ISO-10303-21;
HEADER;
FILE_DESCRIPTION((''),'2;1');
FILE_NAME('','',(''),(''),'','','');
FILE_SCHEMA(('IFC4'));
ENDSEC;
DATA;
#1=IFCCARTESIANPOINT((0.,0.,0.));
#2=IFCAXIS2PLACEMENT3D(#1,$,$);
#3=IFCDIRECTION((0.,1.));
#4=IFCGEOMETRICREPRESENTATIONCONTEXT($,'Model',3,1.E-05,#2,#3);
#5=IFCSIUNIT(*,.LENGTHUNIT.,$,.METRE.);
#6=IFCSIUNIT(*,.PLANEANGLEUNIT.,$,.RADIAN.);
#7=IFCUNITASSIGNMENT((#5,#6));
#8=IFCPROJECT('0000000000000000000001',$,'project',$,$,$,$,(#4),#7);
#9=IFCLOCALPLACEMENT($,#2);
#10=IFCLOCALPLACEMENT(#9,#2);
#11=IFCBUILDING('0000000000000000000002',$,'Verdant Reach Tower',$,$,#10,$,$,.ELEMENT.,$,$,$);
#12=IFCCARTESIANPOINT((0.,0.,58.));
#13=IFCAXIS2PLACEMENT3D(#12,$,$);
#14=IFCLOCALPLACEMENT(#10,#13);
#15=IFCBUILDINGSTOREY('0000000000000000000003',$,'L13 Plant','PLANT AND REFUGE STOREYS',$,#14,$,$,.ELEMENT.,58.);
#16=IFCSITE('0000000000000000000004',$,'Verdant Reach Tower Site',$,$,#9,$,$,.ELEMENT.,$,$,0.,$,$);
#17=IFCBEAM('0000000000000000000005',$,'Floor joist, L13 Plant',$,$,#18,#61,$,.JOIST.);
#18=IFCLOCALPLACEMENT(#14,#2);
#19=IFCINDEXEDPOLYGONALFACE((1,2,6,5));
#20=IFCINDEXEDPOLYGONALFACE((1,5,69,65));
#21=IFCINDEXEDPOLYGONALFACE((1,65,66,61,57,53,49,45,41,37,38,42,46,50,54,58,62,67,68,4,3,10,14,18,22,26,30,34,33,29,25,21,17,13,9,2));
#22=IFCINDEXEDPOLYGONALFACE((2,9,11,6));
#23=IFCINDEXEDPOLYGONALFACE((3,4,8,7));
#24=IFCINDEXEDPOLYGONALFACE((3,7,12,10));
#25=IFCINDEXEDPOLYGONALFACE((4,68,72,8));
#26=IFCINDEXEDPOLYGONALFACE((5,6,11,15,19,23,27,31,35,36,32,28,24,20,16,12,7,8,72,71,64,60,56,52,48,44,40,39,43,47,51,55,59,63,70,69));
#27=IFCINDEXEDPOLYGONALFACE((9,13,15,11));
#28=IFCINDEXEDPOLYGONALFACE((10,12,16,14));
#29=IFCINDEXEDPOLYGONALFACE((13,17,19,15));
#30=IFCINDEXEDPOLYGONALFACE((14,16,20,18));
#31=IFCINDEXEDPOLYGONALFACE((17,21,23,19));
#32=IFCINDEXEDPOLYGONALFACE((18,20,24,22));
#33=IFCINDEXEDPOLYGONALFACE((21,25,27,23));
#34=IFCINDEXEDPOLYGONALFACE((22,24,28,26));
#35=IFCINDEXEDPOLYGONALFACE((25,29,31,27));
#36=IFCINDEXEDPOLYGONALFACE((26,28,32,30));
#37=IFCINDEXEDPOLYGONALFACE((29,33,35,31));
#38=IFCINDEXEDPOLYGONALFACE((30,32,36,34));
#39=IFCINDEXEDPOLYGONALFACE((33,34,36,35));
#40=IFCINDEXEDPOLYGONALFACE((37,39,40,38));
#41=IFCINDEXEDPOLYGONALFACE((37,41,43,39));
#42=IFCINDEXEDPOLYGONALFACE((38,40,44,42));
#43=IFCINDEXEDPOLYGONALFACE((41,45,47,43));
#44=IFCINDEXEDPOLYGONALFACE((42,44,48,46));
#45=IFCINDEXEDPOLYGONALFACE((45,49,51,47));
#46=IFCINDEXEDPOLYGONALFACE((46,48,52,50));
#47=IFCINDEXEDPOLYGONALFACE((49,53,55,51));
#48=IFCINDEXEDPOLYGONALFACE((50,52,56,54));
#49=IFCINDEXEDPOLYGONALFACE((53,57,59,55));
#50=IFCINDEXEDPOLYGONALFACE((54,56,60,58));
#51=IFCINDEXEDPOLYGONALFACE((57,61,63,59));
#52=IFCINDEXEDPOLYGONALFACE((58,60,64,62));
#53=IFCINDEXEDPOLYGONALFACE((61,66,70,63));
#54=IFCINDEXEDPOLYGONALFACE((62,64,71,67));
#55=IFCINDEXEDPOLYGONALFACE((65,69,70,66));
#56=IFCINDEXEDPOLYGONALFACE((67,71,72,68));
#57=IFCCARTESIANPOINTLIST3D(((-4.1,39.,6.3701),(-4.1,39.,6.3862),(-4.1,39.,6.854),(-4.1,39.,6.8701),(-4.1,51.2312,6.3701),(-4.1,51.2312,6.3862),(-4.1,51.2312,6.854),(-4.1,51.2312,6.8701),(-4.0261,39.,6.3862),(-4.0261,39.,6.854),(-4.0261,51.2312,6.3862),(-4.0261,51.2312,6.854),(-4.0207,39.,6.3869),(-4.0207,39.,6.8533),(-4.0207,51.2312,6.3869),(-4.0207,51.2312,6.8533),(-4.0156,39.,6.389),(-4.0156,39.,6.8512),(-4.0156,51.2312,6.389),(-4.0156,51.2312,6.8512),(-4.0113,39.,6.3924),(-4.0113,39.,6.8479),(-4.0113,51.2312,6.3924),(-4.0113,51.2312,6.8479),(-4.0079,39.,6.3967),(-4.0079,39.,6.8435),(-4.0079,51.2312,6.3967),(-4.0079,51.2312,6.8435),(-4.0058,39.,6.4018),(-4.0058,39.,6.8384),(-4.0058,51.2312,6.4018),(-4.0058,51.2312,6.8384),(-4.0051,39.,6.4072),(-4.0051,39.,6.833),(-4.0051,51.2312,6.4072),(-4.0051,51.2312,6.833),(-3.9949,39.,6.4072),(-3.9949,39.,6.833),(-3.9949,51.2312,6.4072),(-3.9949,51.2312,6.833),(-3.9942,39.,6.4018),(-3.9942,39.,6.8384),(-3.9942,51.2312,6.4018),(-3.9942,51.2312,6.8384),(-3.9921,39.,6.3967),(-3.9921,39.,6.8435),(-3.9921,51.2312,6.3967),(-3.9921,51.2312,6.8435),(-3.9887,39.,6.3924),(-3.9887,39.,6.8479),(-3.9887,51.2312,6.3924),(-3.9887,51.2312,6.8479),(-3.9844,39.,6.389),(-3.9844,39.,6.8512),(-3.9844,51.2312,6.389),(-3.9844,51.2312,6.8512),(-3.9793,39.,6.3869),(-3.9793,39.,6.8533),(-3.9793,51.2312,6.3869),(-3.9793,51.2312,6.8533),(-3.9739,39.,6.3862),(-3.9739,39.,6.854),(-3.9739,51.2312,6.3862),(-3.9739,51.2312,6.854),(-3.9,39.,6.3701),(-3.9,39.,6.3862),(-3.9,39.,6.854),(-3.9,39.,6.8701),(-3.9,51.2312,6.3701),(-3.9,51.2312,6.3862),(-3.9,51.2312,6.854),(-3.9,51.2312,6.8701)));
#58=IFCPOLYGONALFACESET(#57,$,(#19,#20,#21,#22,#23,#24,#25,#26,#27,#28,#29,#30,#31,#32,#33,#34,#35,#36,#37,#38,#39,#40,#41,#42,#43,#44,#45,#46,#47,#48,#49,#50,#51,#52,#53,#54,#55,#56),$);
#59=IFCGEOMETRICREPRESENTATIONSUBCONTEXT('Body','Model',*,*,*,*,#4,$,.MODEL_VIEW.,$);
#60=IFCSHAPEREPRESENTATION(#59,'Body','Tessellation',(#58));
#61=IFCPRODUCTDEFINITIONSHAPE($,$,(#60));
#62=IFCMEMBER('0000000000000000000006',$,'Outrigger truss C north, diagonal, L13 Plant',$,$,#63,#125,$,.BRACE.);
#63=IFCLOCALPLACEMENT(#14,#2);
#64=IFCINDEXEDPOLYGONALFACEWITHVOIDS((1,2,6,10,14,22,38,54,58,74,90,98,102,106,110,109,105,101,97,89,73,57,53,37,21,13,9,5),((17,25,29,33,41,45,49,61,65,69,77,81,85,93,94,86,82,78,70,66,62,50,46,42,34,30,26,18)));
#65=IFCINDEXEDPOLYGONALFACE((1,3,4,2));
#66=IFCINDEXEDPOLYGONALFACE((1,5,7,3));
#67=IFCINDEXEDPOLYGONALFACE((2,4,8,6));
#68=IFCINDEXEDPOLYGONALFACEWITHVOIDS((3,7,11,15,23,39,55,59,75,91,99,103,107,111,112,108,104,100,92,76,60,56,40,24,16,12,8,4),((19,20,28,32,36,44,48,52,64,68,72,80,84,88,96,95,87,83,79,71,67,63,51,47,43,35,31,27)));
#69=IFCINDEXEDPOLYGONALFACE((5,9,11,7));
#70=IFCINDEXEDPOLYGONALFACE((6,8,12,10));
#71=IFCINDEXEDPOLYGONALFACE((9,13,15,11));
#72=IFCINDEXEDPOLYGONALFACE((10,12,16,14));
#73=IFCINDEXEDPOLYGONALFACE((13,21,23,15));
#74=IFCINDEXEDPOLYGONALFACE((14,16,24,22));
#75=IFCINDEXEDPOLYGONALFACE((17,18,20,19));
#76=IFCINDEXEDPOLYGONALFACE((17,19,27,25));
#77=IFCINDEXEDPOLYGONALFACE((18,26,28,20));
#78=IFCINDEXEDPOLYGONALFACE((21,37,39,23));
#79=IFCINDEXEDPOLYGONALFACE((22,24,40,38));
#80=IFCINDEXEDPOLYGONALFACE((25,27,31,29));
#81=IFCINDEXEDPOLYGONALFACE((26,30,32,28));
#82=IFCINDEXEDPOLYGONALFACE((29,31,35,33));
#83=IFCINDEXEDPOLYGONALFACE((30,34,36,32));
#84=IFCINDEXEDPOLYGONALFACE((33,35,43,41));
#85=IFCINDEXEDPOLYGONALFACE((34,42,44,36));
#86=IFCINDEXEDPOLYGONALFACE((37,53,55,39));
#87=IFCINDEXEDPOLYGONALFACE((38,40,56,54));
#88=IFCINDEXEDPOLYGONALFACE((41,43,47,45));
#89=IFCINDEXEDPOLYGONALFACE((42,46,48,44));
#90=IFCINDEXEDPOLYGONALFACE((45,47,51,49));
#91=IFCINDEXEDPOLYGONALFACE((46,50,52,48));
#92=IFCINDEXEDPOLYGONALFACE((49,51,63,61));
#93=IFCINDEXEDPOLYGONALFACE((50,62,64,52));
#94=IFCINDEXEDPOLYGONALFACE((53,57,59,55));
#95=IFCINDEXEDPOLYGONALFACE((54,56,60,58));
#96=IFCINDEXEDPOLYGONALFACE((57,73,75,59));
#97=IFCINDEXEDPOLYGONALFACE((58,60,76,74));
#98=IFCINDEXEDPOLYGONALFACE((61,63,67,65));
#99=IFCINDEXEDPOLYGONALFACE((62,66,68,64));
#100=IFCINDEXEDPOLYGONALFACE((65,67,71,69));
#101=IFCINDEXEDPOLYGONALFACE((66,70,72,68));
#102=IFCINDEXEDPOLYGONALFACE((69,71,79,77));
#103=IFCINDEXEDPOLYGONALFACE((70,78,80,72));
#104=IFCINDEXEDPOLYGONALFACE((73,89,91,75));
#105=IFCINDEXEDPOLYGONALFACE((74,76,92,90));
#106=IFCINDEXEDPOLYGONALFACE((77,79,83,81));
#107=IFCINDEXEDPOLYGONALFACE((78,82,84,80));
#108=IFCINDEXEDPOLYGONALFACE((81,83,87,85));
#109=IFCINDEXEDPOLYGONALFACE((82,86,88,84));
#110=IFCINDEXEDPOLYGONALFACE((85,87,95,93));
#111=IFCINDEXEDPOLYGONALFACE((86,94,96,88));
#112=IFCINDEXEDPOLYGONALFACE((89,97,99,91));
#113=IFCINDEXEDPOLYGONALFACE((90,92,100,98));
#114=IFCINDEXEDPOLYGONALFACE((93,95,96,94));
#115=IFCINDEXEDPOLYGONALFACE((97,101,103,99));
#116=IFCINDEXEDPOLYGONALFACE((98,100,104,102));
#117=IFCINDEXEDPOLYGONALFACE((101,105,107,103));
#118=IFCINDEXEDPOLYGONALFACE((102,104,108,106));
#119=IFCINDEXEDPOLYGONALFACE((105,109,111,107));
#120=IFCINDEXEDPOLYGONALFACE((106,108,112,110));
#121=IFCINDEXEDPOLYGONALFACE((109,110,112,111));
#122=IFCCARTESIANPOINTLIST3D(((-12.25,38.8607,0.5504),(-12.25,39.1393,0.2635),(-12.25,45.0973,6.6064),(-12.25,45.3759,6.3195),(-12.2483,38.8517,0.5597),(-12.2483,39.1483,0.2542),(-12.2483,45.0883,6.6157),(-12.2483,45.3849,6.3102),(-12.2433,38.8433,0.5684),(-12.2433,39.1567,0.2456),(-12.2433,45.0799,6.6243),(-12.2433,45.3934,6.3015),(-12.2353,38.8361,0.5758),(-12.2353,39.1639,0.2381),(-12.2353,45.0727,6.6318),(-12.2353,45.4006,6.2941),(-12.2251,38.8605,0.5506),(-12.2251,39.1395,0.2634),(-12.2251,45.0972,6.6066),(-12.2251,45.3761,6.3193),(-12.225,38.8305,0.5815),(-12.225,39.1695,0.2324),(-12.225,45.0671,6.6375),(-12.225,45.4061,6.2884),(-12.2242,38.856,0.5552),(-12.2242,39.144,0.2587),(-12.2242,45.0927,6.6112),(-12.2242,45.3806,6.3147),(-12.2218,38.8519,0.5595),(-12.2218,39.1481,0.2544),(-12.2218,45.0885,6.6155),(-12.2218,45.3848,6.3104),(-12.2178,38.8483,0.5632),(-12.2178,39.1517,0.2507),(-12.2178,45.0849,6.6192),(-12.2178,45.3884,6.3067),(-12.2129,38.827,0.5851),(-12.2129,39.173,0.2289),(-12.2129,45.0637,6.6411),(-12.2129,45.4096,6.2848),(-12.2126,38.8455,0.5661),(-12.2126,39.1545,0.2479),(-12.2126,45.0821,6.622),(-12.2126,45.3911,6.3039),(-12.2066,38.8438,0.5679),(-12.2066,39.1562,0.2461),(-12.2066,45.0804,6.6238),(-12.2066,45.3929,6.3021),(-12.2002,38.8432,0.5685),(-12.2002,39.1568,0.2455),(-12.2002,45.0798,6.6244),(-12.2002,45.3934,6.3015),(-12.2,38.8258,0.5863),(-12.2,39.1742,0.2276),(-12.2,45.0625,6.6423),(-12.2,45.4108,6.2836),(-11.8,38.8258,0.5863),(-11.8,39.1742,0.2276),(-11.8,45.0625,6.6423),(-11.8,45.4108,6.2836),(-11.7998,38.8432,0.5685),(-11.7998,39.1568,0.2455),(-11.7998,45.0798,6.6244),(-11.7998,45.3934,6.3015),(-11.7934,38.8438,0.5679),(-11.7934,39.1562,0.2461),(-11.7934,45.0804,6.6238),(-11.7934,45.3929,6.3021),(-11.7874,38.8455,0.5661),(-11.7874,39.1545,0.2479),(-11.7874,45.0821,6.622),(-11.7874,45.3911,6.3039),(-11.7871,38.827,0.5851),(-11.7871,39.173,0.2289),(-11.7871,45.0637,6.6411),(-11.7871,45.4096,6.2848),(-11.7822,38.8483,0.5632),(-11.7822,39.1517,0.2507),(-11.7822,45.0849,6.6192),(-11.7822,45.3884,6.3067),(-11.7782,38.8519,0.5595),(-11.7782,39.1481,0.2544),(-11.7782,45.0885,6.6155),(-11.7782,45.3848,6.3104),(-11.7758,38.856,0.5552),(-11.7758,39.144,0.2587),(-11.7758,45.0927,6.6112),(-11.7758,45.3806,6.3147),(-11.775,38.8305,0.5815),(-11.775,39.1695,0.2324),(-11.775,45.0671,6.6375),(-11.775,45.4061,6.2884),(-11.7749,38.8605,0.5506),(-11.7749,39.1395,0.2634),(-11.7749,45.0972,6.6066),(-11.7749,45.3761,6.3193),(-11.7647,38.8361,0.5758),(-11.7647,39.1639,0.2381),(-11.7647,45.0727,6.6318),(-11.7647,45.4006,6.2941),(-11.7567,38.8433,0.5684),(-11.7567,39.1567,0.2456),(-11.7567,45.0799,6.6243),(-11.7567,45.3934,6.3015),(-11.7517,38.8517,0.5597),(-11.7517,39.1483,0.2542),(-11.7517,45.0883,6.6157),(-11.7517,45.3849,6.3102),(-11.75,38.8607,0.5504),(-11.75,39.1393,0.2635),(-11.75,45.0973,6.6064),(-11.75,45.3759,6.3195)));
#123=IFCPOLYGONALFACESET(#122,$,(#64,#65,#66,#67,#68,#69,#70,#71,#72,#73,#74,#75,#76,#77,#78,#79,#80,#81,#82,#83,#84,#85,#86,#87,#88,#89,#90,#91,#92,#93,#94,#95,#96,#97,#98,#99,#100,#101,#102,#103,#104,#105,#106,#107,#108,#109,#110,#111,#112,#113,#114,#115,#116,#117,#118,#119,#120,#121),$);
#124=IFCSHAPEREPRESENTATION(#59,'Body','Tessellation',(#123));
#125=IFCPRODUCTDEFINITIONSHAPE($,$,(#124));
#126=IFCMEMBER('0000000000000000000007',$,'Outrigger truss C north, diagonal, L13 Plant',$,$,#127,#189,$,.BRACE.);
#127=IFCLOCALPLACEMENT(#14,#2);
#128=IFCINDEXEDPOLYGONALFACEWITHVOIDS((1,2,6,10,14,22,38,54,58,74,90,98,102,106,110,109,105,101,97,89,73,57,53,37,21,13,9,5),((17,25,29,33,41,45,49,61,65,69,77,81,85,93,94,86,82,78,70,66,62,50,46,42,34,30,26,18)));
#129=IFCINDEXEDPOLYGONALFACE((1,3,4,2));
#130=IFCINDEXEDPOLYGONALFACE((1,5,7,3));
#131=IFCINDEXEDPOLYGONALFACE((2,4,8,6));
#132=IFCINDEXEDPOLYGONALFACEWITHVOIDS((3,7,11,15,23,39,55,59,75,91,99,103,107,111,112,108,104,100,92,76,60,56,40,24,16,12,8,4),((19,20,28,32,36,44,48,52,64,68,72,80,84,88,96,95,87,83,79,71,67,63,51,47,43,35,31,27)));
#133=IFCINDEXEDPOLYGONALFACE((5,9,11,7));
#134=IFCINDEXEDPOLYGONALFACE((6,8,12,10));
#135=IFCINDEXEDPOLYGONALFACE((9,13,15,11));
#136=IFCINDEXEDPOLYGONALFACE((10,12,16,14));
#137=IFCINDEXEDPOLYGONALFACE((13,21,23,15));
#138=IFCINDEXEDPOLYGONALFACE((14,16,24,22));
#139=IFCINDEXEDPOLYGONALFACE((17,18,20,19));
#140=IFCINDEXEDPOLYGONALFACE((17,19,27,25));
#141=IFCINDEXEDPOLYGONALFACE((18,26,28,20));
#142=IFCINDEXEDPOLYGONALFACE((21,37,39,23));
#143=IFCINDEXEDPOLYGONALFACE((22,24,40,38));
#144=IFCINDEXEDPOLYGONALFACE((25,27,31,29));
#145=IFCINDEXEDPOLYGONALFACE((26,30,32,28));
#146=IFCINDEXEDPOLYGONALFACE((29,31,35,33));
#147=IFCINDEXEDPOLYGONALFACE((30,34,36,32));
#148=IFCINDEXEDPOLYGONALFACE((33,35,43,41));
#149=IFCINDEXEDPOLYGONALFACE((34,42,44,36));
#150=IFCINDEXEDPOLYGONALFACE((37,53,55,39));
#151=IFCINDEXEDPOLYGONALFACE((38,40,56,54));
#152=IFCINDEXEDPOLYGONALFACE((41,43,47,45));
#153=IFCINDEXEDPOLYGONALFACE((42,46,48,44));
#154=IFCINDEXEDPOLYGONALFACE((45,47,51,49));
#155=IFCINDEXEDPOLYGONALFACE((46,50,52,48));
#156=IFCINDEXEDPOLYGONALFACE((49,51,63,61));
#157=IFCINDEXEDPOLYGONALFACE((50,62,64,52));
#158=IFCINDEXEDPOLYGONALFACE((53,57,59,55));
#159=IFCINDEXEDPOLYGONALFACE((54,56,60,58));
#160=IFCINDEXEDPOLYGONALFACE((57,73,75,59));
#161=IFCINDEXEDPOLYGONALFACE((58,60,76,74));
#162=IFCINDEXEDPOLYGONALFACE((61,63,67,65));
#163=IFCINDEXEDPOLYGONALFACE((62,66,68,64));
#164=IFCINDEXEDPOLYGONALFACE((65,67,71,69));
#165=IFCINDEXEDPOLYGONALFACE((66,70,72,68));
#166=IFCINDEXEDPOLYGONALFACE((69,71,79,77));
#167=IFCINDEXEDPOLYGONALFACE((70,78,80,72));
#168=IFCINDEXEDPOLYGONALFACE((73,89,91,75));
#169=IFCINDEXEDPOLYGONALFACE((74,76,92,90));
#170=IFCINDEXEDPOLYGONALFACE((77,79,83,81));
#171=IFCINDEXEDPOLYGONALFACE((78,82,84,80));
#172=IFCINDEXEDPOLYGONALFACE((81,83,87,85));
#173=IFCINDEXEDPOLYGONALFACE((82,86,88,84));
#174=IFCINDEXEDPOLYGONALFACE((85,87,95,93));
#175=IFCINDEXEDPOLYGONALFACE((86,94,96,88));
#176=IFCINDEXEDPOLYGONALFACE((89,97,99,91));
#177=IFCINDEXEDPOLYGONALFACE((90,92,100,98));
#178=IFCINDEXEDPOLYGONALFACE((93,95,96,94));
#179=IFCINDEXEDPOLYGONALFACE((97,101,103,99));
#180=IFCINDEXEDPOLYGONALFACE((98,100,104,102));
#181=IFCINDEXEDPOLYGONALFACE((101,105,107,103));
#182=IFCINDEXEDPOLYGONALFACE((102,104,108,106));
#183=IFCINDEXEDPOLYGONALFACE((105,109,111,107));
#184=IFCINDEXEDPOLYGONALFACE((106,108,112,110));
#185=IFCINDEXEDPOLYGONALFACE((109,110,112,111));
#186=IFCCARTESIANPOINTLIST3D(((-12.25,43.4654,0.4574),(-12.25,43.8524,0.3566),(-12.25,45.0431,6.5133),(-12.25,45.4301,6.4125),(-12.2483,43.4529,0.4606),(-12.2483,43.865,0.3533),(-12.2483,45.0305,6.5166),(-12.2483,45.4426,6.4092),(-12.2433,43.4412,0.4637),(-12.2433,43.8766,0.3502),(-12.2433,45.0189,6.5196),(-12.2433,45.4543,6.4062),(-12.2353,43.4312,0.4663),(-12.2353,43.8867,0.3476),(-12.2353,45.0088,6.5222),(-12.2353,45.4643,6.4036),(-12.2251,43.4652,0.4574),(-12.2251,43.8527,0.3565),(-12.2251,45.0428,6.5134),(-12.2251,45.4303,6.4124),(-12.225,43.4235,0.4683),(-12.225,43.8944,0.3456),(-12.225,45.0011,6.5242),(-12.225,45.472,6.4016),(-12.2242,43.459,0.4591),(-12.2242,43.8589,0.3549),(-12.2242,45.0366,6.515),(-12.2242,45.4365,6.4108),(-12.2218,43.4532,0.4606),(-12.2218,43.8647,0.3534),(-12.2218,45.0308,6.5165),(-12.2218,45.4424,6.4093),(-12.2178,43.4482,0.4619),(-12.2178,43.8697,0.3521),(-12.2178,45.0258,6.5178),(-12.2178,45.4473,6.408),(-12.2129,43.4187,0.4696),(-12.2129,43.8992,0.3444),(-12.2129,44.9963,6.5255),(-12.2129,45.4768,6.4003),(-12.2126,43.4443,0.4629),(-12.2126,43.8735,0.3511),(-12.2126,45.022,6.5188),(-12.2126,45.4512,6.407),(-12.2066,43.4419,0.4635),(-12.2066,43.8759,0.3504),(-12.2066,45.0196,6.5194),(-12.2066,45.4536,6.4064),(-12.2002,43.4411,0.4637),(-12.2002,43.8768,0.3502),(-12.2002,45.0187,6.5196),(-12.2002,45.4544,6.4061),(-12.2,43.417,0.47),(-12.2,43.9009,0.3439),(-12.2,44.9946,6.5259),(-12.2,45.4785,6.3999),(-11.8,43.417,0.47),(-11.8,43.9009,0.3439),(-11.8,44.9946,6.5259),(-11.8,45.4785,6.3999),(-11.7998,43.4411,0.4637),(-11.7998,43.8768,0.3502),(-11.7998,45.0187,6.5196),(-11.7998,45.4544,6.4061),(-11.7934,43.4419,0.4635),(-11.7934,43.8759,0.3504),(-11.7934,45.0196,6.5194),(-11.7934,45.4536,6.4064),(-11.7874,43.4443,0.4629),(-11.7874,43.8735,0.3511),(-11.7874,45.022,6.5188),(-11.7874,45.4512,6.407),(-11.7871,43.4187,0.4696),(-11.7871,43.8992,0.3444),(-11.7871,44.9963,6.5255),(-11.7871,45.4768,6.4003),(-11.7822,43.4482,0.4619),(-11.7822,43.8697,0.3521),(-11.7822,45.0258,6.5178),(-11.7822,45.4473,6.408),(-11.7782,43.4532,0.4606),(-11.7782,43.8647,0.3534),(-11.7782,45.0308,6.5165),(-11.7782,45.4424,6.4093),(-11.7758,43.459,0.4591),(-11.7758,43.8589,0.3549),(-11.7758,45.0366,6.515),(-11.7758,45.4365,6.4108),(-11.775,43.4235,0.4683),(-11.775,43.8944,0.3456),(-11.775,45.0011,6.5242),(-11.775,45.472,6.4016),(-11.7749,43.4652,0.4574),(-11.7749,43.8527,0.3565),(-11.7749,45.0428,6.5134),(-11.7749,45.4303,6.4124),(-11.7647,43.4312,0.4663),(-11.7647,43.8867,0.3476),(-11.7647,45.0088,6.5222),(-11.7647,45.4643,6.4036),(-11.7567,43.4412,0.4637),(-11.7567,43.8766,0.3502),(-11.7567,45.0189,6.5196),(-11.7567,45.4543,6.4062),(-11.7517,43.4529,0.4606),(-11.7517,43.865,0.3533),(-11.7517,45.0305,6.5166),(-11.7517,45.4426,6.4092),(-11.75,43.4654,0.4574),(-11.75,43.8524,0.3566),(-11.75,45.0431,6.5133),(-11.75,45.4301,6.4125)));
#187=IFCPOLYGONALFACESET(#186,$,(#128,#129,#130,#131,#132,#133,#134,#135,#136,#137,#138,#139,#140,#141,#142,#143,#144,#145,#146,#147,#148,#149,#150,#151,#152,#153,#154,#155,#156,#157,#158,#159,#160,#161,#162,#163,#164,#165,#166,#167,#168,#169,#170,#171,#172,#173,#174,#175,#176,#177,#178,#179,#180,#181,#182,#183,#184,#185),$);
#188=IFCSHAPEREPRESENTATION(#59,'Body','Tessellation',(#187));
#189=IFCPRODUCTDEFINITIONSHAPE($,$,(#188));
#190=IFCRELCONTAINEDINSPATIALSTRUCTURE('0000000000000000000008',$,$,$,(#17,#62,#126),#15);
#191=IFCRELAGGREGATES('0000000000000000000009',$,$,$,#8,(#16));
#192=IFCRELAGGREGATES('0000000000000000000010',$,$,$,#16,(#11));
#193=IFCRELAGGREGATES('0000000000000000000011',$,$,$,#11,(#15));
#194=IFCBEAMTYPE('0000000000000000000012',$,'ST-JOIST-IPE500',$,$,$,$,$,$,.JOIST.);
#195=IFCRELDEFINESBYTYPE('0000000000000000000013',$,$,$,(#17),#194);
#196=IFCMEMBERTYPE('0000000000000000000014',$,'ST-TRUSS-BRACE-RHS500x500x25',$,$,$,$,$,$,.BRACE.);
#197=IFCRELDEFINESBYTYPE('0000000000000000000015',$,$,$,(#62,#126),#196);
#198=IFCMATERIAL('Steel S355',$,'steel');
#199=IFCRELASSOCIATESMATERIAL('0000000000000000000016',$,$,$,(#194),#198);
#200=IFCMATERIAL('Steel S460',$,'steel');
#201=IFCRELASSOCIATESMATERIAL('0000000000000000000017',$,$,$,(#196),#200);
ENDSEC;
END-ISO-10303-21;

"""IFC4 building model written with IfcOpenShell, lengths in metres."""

from ifc_helpers import new_model, si_unit, direction, frame, origin, origin_2d, place, context, subcontext, project, spatial, hollow_rectangle, i_section, extrude, material, material_profile, profile_set, type_object, element, save


model = new_model("IFC4")

# Units and contexts
model_context = context("Model", 3, precision=1e-05, world=origin(), true_north=direction((0.0, 1.0)))
body_context = subcontext(model_context, "Body", "Model", "MODEL_VIEW")
ifc_project = project(units=[si_unit("LENGTHUNIT", "METRE"), si_unit("PLANEANGLEUNIT", "RADIAN")], contexts=[model_context])

# Site, building, storey
site_placement = place(None, origin())
site = spatial("IfcSite", under=ifc_project, at=site_placement, Name="Verdant Reach Tower Site", CompositionType="ELEMENT", RefElevation=0.0)
building_placement = place(site_placement, origin())
building = spatial("IfcBuilding", under=site, at=building_placement, Name="Verdant Reach Tower", CompositionType="ELEMENT")
storey_placement = place(building_placement, frame((0.0, 0.0, 58.0)))
storey = spatial("IfcBuildingStorey", under=building, at=storey_placement, Name="L13 Plant", Description="PLANT AND REFUGE STOREYS", CompositionType="ELEMENT", Elevation=58.0)

# Shared definitions
ifc_material_1 = material(Name="Steel S460", Category="steel")

# Beam
ifc_material_2 = material(Name="Steel S355", Category="steel")
ifc_material_profile_1 = material_profile(ifc_material_2, i_section(OverallWidth=0.2, OverallDepth=0.5, WebThickness=0.0103, FlangeThickness=0.0161, FilletRadius=0.021, at=origin_2d()), Name="IPE 500")
ifc_profile_set_1 = profile_set([ifc_material_profile_1], Name="Steel S355")
beam_type = type_object("IfcBeamType", Name="ST-JOIST-IPE500", PredefinedType="JOIST", material=ifc_profile_set_1)
beam_1_placement = place(storey_placement, frame((-4.0, 39.0, 6.6201), z_axis=(0.0, 1.0, 0.0), x_axis=(-1.0, 0.0, 0.0)))
element("IfcBeam", 1, at=beam_1_placement, inside=storey, type_object=beam_type, Name="Floor joist, L13 Plant", PredefinedType="JOIST", context=body_context, shape_type="SweptSolid", body=[
    extrude(i_section(OverallWidth=0.2, OverallDepth=0.5, WebThickness=0.0103, FlangeThickness=0.0161, FilletRadius=0.021, at=origin_2d()), origin(), (0.0, 0.0, 1.0), 12.2312),
])

# Members
ifc_material_profile_2 = material_profile(ifc_material_1, hollow_rectangle(XDim=0.5, YDim=0.5, WallThickness=0.0249, InnerFilletRadius=0.0249, OuterFilletRadius=0.05, at=origin_2d()), Name="RHS 500x500x25")
ifc_profile_set_2 = profile_set([ifc_material_profile_2], Name="Steel S460")
member_type_1 = type_object("IfcMemberType", Name="ST-TRUSS-BRACE-RHS500x500x25", PredefinedType="BRACE", material=ifc_profile_set_2)
member_1_placement = place(storey_placement, frame((-12.0, 39.0, 0.407), z_axis=(0.0, 0.717422, 0.696639), x_axis=(-1.0, 0.0, 0.0)))
element("IfcMember", 2, at=member_1_placement, inside=storey, type_object=member_type_1, Name="Outrigger truss C north, diagonal, L13 Plant", PredefinedType="BRACE", context=body_context, shape_type="SweptSolid", body=[
    extrude(hollow_rectangle(XDim=0.5, YDim=0.5, WallThickness=0.0249, InnerFilletRadius=0.0249, OuterFilletRadius=0.05, at=origin_2d()), origin(), (0.0, 0.0, 1.0), 8.6931),
])
member_2_placement = place(storey_placement, frame((-12.0, 45.2366, 6.4629), z_axis=(0.0, -0.252098, -0.967702), x_axis=(1.0, 0.0, 0.0)))
element("IfcMember", 3, at=member_2_placement, inside=storey, type_object=member_type_1, Name="Outrigger truss C north, diagonal, L13 Plant", PredefinedType="BRACE", context=body_context, shape_type="SweptSolid", body=[
    extrude(hollow_rectangle(XDim=0.5, YDim=0.5, WallThickness=0.0249, InnerFilletRadius=0.0249, OuterFilletRadius=0.05, at=origin_2d()), origin(), (0.0, 0.0, 1.0), 6.2581),
])

save(model, "model.ifc")
